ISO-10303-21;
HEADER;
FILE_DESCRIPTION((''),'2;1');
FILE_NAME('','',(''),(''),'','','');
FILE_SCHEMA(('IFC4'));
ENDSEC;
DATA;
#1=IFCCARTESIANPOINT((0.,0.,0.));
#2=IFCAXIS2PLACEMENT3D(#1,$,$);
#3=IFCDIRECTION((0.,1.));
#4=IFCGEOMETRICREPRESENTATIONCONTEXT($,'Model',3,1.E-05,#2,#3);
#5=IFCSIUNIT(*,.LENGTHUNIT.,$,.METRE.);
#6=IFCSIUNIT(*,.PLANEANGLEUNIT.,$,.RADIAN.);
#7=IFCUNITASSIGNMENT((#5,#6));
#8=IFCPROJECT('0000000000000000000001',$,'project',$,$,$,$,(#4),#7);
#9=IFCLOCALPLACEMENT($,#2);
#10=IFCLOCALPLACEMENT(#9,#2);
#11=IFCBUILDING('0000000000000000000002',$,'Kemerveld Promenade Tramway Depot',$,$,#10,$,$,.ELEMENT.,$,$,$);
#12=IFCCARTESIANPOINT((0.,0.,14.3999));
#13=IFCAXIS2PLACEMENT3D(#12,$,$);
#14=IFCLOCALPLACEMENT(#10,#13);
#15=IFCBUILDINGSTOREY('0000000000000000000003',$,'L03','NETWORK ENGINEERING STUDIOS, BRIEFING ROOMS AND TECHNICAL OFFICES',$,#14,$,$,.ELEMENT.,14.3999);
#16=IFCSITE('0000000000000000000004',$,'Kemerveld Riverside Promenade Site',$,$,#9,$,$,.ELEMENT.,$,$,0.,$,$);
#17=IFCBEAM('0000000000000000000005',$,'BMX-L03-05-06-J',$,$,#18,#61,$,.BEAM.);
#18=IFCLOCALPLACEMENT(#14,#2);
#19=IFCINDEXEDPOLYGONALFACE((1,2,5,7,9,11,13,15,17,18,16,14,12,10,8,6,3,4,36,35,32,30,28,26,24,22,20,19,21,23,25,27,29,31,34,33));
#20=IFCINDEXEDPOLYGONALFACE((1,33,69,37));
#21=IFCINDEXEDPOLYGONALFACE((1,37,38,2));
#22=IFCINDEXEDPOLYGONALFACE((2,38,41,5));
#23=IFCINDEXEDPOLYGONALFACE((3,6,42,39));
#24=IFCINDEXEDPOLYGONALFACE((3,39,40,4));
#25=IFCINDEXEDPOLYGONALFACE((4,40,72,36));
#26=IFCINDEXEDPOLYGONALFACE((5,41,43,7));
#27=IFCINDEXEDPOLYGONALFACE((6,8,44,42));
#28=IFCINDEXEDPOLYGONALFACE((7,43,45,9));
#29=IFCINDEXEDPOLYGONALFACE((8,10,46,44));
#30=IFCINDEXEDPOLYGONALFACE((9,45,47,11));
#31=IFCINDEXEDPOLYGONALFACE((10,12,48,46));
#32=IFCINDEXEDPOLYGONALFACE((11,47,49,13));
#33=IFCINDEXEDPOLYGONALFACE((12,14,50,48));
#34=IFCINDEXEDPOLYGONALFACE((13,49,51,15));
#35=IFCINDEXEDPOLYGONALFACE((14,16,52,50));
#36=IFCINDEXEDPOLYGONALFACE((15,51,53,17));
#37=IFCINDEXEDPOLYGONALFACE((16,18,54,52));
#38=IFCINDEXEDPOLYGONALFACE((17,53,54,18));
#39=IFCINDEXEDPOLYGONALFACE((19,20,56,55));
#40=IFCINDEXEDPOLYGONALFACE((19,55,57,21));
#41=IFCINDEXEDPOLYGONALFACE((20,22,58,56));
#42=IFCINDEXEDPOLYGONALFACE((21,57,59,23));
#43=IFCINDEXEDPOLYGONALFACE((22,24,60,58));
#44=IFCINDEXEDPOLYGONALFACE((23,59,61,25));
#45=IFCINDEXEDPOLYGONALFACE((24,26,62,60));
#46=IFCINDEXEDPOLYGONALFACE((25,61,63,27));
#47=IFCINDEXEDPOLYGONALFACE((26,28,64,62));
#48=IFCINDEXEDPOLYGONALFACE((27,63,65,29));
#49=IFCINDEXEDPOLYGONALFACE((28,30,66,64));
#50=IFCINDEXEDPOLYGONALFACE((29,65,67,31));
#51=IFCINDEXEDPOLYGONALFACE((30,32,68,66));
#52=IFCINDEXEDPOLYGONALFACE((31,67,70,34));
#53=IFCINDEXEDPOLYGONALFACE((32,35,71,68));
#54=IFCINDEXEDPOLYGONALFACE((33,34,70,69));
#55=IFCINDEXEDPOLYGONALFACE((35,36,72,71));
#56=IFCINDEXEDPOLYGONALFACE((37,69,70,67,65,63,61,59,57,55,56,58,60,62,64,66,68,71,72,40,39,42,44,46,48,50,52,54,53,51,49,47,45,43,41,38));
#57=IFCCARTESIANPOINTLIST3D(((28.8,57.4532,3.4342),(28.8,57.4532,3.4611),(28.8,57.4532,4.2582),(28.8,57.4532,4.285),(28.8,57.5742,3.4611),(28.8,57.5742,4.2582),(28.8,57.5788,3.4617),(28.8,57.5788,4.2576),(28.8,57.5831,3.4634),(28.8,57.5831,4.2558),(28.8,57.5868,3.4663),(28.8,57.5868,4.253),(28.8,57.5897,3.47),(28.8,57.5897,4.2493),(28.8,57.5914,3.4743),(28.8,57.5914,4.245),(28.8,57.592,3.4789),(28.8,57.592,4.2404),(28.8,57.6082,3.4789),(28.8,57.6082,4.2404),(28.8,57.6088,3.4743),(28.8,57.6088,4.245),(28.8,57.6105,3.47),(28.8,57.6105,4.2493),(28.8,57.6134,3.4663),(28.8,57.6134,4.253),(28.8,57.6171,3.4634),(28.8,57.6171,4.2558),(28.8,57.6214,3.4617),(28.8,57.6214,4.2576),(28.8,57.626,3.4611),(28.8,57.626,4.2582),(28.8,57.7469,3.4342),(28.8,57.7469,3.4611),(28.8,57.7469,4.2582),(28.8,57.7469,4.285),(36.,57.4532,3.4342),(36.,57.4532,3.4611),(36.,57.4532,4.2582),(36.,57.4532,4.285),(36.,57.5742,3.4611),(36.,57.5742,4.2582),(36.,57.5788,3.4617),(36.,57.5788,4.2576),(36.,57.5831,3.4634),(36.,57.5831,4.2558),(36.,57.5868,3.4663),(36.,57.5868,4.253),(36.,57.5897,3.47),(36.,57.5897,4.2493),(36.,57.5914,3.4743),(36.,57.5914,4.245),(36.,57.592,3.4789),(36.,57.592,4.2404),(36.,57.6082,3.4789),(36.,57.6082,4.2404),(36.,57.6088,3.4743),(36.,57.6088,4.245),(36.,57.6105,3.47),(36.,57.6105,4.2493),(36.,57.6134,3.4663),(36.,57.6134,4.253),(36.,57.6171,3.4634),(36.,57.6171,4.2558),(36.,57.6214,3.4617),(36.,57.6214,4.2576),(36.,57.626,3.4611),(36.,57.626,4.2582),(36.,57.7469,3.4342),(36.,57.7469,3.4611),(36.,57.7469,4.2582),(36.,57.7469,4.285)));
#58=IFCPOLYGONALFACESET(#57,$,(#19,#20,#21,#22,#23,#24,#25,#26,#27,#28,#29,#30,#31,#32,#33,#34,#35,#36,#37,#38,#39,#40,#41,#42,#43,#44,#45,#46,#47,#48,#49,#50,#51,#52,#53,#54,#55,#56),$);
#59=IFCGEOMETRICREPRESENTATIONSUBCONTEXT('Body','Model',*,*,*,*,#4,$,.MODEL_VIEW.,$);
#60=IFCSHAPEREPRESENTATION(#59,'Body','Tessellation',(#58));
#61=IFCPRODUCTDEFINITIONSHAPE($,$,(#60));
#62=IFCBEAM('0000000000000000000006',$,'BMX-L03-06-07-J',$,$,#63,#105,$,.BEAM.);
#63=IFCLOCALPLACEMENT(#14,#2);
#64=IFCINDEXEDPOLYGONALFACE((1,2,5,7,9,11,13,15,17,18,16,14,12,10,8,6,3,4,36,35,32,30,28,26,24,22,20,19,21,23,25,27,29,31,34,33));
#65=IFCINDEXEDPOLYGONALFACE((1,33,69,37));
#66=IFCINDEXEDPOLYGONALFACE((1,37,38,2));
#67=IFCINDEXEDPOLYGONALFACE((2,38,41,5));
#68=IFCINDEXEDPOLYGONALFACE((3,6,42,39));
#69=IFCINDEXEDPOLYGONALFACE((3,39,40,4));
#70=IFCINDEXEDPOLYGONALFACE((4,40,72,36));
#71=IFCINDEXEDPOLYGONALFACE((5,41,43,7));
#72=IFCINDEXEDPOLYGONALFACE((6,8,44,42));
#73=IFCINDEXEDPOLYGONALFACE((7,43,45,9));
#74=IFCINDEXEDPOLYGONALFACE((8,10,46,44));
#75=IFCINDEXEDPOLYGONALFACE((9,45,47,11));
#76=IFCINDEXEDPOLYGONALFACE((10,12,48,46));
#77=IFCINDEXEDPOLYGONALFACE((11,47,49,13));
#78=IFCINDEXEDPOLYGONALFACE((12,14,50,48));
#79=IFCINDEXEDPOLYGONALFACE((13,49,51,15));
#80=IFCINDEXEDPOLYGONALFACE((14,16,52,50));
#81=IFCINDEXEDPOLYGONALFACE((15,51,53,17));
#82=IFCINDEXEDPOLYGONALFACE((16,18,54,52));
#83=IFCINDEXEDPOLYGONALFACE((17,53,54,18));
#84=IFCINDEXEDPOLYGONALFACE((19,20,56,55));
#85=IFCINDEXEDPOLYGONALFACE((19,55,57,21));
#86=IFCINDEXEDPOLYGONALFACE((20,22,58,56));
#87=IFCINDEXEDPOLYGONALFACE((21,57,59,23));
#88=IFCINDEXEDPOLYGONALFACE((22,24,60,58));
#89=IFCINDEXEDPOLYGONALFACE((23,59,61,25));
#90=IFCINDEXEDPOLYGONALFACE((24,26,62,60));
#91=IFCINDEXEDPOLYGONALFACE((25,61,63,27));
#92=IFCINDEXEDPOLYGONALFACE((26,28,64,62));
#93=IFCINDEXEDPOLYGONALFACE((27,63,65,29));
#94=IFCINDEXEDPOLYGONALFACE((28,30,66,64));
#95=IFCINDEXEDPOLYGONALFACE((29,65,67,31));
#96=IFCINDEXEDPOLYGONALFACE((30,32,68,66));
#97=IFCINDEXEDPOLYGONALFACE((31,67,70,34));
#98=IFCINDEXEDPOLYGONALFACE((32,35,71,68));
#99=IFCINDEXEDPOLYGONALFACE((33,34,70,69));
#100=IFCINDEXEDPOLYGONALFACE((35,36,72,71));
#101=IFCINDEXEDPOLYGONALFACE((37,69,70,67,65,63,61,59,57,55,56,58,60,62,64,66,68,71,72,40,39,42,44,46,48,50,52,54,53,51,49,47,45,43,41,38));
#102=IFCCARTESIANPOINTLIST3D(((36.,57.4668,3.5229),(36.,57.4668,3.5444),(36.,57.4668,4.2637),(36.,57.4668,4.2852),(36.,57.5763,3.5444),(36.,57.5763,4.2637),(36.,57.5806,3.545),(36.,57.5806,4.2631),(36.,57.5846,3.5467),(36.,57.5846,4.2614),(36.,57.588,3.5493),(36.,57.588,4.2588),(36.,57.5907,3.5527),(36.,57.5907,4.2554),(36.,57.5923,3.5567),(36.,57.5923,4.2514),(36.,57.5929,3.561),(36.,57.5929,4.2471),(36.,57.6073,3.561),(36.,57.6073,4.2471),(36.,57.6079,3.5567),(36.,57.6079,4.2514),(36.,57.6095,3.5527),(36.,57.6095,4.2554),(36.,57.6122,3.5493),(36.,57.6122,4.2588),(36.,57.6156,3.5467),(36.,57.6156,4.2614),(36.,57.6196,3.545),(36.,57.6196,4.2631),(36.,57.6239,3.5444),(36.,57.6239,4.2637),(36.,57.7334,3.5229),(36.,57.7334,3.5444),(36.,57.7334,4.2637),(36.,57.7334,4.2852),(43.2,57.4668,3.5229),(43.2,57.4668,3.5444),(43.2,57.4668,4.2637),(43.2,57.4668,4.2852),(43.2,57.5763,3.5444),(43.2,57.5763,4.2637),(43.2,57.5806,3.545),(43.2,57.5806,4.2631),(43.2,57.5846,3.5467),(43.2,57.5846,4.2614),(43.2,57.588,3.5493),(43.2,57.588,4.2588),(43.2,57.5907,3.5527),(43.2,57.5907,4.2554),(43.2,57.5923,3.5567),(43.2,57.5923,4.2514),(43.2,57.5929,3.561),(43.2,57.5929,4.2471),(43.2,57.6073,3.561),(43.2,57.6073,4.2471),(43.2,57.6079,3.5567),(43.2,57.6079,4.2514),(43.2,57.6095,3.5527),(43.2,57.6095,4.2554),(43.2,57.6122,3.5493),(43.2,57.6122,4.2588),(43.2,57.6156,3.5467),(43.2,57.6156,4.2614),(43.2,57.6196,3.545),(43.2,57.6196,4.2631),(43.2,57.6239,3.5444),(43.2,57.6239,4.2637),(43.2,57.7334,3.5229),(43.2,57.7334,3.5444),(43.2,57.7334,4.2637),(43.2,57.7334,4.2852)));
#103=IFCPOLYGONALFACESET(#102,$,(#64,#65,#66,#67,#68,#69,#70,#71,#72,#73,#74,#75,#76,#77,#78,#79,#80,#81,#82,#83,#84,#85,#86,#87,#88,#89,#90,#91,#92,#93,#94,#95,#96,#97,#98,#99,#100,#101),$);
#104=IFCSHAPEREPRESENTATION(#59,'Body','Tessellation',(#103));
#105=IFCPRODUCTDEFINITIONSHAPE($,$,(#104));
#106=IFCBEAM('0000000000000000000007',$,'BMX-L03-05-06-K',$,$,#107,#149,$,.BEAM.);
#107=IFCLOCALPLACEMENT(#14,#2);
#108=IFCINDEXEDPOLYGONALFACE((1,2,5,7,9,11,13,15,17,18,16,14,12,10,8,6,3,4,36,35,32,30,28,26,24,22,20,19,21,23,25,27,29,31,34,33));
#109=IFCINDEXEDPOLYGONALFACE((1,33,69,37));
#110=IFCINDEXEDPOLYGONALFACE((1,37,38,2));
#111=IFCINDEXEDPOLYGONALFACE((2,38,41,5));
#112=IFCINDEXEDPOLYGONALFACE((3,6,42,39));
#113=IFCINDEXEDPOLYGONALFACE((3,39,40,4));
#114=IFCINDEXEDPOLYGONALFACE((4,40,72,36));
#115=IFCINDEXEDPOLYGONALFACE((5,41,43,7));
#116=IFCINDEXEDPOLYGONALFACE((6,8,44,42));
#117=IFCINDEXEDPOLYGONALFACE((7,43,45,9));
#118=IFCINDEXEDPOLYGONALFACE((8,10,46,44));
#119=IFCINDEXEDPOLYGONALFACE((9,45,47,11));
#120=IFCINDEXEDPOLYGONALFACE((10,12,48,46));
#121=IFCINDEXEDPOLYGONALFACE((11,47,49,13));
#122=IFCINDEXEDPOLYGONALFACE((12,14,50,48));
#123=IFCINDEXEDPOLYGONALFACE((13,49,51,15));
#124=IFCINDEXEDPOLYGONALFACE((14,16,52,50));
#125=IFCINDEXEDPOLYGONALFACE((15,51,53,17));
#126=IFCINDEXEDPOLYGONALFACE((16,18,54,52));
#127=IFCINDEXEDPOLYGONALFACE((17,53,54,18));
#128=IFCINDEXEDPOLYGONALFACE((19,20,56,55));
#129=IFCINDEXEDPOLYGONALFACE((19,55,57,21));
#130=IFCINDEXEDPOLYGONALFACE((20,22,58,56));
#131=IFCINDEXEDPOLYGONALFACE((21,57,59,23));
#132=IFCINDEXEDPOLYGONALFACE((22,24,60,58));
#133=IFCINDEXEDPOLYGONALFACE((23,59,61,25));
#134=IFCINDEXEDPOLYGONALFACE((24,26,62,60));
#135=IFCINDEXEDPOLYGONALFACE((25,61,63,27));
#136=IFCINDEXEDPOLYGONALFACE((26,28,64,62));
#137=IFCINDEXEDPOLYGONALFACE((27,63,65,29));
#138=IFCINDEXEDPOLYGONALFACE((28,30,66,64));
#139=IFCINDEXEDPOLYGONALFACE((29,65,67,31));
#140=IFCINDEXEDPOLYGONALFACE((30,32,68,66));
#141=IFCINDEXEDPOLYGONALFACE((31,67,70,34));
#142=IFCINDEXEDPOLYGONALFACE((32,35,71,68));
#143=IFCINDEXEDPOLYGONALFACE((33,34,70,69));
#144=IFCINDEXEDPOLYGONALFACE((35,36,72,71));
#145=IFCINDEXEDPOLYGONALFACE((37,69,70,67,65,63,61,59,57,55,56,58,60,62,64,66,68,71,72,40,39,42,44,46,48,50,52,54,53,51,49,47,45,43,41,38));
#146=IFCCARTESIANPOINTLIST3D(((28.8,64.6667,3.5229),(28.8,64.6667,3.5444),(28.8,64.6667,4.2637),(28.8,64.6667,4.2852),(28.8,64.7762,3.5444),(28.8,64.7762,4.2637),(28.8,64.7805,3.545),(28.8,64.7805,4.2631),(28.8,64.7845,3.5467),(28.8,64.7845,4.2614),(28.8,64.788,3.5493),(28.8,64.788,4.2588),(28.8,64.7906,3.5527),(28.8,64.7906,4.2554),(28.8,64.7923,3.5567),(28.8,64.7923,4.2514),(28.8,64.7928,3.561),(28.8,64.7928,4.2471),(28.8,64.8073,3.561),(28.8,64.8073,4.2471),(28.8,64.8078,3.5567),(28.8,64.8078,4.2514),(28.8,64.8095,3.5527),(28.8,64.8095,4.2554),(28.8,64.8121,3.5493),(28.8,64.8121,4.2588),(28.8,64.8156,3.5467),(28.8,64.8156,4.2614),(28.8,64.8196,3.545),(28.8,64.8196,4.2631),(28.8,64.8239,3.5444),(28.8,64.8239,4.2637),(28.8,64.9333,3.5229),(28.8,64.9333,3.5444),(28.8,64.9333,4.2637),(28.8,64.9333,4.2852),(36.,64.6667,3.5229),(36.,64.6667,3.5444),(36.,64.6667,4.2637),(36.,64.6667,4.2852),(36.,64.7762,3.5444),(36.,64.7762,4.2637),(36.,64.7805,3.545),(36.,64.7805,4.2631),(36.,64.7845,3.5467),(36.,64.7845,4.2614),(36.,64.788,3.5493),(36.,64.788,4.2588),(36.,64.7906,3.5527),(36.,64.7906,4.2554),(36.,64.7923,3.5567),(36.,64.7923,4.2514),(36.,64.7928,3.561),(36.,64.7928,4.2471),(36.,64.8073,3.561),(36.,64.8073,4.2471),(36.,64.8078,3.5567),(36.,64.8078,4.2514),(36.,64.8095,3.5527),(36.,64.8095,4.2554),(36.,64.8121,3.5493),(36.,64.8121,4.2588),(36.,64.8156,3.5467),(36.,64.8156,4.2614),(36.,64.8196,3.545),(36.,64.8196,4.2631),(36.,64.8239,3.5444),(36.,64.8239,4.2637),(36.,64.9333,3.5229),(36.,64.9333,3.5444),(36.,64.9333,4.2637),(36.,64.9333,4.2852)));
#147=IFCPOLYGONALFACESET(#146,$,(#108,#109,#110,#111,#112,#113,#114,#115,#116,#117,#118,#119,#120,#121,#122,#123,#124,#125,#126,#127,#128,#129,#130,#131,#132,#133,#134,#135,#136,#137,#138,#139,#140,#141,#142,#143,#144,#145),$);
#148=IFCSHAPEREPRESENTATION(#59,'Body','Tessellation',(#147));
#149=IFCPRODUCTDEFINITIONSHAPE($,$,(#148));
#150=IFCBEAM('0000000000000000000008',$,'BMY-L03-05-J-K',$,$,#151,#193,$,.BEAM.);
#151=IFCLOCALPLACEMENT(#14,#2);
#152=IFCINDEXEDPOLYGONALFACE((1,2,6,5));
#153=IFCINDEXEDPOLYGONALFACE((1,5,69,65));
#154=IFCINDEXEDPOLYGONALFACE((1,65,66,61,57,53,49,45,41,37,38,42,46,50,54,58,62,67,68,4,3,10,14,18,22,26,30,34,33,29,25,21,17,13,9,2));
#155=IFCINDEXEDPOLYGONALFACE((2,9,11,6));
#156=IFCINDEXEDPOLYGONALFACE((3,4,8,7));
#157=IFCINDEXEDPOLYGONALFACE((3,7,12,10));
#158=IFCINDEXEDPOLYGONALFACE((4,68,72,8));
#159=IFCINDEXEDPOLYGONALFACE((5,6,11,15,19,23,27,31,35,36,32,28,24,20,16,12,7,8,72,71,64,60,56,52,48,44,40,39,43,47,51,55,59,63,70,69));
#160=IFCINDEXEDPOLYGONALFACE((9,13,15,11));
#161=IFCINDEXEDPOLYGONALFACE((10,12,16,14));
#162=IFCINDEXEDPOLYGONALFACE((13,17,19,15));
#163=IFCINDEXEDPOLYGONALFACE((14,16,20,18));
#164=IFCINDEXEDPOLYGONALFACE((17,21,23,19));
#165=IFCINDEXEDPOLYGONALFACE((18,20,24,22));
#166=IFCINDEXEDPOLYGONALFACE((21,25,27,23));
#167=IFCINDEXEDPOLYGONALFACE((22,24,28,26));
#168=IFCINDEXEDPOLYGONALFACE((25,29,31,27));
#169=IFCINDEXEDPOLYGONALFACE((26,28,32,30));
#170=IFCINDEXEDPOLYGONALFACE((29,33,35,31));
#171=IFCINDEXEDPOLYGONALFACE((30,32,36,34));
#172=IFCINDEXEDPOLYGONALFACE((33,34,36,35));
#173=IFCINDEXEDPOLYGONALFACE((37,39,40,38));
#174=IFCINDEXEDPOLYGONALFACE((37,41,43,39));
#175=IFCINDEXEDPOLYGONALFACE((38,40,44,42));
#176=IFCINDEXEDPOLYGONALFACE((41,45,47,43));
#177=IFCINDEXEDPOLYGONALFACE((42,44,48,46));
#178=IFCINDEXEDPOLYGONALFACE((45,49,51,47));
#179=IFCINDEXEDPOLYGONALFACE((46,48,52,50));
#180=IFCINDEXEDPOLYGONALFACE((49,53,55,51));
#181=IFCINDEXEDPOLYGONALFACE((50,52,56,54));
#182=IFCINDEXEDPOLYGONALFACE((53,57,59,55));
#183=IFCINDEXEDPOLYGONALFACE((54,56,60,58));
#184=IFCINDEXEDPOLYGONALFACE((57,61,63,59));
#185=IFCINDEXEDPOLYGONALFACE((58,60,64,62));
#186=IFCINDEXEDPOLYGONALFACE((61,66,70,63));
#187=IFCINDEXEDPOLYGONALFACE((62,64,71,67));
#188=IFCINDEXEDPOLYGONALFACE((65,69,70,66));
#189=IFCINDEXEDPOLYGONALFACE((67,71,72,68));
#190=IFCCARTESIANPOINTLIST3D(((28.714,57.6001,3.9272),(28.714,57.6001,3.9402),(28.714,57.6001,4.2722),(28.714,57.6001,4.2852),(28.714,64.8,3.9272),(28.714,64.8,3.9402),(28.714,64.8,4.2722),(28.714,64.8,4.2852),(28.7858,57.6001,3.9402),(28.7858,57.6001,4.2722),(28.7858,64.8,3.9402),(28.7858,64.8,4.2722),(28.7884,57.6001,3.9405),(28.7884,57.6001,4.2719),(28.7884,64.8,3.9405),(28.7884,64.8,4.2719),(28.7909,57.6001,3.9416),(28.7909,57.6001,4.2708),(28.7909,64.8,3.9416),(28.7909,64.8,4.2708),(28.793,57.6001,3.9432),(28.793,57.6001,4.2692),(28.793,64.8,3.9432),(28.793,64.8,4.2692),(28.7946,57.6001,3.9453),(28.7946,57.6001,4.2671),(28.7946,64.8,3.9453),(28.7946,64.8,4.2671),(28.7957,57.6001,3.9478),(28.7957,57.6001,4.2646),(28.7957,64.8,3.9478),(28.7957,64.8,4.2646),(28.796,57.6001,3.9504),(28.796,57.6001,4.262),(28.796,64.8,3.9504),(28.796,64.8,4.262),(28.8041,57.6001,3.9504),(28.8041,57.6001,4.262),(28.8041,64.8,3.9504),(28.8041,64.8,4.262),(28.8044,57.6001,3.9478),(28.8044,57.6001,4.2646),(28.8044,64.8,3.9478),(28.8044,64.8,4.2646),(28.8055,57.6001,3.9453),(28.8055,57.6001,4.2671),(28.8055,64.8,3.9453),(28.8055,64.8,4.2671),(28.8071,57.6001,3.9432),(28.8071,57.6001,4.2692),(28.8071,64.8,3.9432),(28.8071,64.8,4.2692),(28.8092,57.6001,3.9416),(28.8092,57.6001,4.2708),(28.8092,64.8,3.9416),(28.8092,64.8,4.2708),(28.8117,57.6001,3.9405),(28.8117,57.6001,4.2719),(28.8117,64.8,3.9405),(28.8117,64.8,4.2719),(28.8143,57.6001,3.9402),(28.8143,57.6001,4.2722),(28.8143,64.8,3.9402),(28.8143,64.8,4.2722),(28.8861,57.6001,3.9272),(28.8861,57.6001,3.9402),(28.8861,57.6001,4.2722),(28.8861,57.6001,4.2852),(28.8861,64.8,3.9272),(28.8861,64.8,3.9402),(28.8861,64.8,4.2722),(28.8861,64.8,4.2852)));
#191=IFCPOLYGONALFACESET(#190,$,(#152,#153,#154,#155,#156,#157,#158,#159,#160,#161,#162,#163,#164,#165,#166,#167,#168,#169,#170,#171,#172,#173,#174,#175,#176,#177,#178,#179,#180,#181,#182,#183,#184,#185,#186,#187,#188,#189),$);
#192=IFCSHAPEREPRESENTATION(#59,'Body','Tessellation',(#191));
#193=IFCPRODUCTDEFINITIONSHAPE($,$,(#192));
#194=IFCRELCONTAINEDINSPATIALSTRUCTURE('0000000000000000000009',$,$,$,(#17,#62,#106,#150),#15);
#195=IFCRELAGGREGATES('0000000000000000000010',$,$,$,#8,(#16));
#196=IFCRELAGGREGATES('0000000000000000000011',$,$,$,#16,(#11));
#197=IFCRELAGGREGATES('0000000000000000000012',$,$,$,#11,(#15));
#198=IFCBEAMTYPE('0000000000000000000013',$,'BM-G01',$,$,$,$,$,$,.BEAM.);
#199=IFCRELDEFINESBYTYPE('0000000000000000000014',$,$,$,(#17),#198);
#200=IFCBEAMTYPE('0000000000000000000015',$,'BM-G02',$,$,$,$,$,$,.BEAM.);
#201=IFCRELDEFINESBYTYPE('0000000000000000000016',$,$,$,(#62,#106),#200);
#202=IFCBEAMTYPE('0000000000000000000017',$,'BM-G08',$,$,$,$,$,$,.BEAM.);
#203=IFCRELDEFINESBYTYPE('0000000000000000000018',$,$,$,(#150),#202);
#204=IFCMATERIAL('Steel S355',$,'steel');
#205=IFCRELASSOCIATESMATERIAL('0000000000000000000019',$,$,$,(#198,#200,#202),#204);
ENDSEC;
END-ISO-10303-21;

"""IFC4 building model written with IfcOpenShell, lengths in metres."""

from ifc_helpers import new_model, si_unit, direction, frame, origin, origin_2d, place, context, subcontext, project, spatial, i_section, extrude, material, material_profile, profile_set, type_object, element, save


model = new_model("IFC4")

# Units and contexts
model_context = context("Model", 3, precision=1e-05, world=origin(), true_north=direction((0.0, 1.0)))
body_context = subcontext(model_context, "Body", "Model", "MODEL_VIEW")
ifc_project = project(units=[si_unit("LENGTHUNIT", "METRE"), si_unit("PLANEANGLEUNIT", "RADIAN")], contexts=[model_context])

# Site, building, storey
site_placement = place(None, origin())
site = spatial("IfcSite", under=ifc_project, at=site_placement, Name="Kemerveld Riverside Promenade Site", CompositionType="ELEMENT", RefElevation=0.0)
building_placement = place(site_placement, origin())
building = spatial("IfcBuilding", under=site, at=building_placement, Name="Kemerveld Promenade Tramway Depot", CompositionType="ELEMENT")
storey_placement = place(building_placement, frame((0.0, 0.0, 14.3999)))
storey = spatial("IfcBuildingStorey", under=building, at=storey_placement, Name="L03", Description="NETWORK ENGINEERING STUDIOS, BRIEFING ROOMS AND TECHNICAL OFFICES", CompositionType="ELEMENT", Elevation=14.3999)

# Shared definitions
ifc_material_1 = material(Name="Steel S355", Category="steel")

# Beams
ifc_material_profile_1 = material_profile(ifc_material_1, i_section(OverallWidth=0.2937, OverallDepth=0.8508, WebThickness=0.0161, FlangeThickness=0.0269, FilletRadius=0.0178, at=origin_2d()), Name="838x292x226 UB")
ifc_profile_set_1 = profile_set([ifc_material_profile_1], Name="Steel S355")
beam_type_1 = type_object("IfcBeamType", Name="BM-G01", PredefinedType="BEAM", material=ifc_profile_set_1)
beam_1_placement = place(storey_placement, frame((28.8, 57.6001, 3.8596), z_axis=(1.0, 0.0, 0.0), x_axis=(0.0, 1.0, 0.0)))
element("IfcBeam", 1, at=beam_1_placement, inside=storey, type_object=beam_type_1, Name="BMX-L03-05-06-J", PredefinedType="BEAM", context=body_context, shape_type="SweptSolid", body=[
    extrude(i_section(OverallWidth=0.2937, OverallDepth=0.8508, WebThickness=0.0161, FlangeThickness=0.0269, FilletRadius=0.0178, at=origin_2d()), origin(), (0.0, 0.0, 1.0), 7.2),
])
ifc_material_profile_2 = material_profile(ifc_material_1, i_section(OverallWidth=0.2666, OverallDepth=0.7622, WebThickness=0.0144, FlangeThickness=0.0215, FilletRadius=0.0166, at=origin_2d()), Name="762x267x173 UB")
ifc_profile_set_2 = profile_set([ifc_material_profile_2], Name="Steel S355")
beam_type_2 = type_object("IfcBeamType", Name="BM-G02", PredefinedType="BEAM", material=ifc_profile_set_2)
for number, where, z_axis, x_axis, name in (
    (2, (36.0, 57.6001, 3.9041), (1.0, 0.0, 0.0), (0.0, 1.0, 0.0), "BMX-L03-06-07-J"),
    (3, (28.8, 64.8, 3.9041), (1.0, 0.0, 0.0), (0.0, 1.0, 0.0), "BMX-L03-05-06-K"),
):
    element("IfcBeam", number, at=place(storey_placement, frame(where, z_axis=z_axis, x_axis=x_axis)), inside=storey, type_object=beam_type_2, Name=name, PredefinedType="BEAM", context=body_context, shape_type="SweptSolid", body=[
        extrude(i_section(OverallWidth=0.2666, OverallDepth=0.7622, WebThickness=0.0144, FlangeThickness=0.0215, FilletRadius=0.0166, at=origin_2d()), origin(), (0.0, 0.0, 1.0), 7.2),
    ])
ifc_material_profile_3 = material_profile(ifc_material_1, i_section(OverallWidth=0.1721, OverallDepth=0.3579, WebThickness=0.0081, FlangeThickness=0.0129, FilletRadius=0.0103, at=origin_2d()), Name="356x171x57 UB")
ifc_profile_set_3 = profile_set([ifc_material_profile_3], Name="Steel S355")
beam_type_3 = type_object("IfcBeamType", Name="BM-G08", PredefinedType="BEAM", material=ifc_profile_set_3)
beam_2_placement = place(storey_placement, frame((28.8, 57.6001, 4.1062), z_axis=(0.0, 1.0, 0.0), x_axis=(-1.0, 0.0, 0.0)))
element("IfcBeam", 4, at=beam_2_placement, inside=storey, type_object=beam_type_3, Name="BMY-L03-05-J-K", PredefinedType="BEAM", context=body_context, shape_type="SweptSolid", body=[
    extrude(i_section(OverallWidth=0.1721, OverallDepth=0.3579, WebThickness=0.0081, FlangeThickness=0.0129, FilletRadius=0.0103, at=origin_2d()), origin(), (0.0, 0.0, 1.0), 7.2),
])

save(model, "model.ifc")
